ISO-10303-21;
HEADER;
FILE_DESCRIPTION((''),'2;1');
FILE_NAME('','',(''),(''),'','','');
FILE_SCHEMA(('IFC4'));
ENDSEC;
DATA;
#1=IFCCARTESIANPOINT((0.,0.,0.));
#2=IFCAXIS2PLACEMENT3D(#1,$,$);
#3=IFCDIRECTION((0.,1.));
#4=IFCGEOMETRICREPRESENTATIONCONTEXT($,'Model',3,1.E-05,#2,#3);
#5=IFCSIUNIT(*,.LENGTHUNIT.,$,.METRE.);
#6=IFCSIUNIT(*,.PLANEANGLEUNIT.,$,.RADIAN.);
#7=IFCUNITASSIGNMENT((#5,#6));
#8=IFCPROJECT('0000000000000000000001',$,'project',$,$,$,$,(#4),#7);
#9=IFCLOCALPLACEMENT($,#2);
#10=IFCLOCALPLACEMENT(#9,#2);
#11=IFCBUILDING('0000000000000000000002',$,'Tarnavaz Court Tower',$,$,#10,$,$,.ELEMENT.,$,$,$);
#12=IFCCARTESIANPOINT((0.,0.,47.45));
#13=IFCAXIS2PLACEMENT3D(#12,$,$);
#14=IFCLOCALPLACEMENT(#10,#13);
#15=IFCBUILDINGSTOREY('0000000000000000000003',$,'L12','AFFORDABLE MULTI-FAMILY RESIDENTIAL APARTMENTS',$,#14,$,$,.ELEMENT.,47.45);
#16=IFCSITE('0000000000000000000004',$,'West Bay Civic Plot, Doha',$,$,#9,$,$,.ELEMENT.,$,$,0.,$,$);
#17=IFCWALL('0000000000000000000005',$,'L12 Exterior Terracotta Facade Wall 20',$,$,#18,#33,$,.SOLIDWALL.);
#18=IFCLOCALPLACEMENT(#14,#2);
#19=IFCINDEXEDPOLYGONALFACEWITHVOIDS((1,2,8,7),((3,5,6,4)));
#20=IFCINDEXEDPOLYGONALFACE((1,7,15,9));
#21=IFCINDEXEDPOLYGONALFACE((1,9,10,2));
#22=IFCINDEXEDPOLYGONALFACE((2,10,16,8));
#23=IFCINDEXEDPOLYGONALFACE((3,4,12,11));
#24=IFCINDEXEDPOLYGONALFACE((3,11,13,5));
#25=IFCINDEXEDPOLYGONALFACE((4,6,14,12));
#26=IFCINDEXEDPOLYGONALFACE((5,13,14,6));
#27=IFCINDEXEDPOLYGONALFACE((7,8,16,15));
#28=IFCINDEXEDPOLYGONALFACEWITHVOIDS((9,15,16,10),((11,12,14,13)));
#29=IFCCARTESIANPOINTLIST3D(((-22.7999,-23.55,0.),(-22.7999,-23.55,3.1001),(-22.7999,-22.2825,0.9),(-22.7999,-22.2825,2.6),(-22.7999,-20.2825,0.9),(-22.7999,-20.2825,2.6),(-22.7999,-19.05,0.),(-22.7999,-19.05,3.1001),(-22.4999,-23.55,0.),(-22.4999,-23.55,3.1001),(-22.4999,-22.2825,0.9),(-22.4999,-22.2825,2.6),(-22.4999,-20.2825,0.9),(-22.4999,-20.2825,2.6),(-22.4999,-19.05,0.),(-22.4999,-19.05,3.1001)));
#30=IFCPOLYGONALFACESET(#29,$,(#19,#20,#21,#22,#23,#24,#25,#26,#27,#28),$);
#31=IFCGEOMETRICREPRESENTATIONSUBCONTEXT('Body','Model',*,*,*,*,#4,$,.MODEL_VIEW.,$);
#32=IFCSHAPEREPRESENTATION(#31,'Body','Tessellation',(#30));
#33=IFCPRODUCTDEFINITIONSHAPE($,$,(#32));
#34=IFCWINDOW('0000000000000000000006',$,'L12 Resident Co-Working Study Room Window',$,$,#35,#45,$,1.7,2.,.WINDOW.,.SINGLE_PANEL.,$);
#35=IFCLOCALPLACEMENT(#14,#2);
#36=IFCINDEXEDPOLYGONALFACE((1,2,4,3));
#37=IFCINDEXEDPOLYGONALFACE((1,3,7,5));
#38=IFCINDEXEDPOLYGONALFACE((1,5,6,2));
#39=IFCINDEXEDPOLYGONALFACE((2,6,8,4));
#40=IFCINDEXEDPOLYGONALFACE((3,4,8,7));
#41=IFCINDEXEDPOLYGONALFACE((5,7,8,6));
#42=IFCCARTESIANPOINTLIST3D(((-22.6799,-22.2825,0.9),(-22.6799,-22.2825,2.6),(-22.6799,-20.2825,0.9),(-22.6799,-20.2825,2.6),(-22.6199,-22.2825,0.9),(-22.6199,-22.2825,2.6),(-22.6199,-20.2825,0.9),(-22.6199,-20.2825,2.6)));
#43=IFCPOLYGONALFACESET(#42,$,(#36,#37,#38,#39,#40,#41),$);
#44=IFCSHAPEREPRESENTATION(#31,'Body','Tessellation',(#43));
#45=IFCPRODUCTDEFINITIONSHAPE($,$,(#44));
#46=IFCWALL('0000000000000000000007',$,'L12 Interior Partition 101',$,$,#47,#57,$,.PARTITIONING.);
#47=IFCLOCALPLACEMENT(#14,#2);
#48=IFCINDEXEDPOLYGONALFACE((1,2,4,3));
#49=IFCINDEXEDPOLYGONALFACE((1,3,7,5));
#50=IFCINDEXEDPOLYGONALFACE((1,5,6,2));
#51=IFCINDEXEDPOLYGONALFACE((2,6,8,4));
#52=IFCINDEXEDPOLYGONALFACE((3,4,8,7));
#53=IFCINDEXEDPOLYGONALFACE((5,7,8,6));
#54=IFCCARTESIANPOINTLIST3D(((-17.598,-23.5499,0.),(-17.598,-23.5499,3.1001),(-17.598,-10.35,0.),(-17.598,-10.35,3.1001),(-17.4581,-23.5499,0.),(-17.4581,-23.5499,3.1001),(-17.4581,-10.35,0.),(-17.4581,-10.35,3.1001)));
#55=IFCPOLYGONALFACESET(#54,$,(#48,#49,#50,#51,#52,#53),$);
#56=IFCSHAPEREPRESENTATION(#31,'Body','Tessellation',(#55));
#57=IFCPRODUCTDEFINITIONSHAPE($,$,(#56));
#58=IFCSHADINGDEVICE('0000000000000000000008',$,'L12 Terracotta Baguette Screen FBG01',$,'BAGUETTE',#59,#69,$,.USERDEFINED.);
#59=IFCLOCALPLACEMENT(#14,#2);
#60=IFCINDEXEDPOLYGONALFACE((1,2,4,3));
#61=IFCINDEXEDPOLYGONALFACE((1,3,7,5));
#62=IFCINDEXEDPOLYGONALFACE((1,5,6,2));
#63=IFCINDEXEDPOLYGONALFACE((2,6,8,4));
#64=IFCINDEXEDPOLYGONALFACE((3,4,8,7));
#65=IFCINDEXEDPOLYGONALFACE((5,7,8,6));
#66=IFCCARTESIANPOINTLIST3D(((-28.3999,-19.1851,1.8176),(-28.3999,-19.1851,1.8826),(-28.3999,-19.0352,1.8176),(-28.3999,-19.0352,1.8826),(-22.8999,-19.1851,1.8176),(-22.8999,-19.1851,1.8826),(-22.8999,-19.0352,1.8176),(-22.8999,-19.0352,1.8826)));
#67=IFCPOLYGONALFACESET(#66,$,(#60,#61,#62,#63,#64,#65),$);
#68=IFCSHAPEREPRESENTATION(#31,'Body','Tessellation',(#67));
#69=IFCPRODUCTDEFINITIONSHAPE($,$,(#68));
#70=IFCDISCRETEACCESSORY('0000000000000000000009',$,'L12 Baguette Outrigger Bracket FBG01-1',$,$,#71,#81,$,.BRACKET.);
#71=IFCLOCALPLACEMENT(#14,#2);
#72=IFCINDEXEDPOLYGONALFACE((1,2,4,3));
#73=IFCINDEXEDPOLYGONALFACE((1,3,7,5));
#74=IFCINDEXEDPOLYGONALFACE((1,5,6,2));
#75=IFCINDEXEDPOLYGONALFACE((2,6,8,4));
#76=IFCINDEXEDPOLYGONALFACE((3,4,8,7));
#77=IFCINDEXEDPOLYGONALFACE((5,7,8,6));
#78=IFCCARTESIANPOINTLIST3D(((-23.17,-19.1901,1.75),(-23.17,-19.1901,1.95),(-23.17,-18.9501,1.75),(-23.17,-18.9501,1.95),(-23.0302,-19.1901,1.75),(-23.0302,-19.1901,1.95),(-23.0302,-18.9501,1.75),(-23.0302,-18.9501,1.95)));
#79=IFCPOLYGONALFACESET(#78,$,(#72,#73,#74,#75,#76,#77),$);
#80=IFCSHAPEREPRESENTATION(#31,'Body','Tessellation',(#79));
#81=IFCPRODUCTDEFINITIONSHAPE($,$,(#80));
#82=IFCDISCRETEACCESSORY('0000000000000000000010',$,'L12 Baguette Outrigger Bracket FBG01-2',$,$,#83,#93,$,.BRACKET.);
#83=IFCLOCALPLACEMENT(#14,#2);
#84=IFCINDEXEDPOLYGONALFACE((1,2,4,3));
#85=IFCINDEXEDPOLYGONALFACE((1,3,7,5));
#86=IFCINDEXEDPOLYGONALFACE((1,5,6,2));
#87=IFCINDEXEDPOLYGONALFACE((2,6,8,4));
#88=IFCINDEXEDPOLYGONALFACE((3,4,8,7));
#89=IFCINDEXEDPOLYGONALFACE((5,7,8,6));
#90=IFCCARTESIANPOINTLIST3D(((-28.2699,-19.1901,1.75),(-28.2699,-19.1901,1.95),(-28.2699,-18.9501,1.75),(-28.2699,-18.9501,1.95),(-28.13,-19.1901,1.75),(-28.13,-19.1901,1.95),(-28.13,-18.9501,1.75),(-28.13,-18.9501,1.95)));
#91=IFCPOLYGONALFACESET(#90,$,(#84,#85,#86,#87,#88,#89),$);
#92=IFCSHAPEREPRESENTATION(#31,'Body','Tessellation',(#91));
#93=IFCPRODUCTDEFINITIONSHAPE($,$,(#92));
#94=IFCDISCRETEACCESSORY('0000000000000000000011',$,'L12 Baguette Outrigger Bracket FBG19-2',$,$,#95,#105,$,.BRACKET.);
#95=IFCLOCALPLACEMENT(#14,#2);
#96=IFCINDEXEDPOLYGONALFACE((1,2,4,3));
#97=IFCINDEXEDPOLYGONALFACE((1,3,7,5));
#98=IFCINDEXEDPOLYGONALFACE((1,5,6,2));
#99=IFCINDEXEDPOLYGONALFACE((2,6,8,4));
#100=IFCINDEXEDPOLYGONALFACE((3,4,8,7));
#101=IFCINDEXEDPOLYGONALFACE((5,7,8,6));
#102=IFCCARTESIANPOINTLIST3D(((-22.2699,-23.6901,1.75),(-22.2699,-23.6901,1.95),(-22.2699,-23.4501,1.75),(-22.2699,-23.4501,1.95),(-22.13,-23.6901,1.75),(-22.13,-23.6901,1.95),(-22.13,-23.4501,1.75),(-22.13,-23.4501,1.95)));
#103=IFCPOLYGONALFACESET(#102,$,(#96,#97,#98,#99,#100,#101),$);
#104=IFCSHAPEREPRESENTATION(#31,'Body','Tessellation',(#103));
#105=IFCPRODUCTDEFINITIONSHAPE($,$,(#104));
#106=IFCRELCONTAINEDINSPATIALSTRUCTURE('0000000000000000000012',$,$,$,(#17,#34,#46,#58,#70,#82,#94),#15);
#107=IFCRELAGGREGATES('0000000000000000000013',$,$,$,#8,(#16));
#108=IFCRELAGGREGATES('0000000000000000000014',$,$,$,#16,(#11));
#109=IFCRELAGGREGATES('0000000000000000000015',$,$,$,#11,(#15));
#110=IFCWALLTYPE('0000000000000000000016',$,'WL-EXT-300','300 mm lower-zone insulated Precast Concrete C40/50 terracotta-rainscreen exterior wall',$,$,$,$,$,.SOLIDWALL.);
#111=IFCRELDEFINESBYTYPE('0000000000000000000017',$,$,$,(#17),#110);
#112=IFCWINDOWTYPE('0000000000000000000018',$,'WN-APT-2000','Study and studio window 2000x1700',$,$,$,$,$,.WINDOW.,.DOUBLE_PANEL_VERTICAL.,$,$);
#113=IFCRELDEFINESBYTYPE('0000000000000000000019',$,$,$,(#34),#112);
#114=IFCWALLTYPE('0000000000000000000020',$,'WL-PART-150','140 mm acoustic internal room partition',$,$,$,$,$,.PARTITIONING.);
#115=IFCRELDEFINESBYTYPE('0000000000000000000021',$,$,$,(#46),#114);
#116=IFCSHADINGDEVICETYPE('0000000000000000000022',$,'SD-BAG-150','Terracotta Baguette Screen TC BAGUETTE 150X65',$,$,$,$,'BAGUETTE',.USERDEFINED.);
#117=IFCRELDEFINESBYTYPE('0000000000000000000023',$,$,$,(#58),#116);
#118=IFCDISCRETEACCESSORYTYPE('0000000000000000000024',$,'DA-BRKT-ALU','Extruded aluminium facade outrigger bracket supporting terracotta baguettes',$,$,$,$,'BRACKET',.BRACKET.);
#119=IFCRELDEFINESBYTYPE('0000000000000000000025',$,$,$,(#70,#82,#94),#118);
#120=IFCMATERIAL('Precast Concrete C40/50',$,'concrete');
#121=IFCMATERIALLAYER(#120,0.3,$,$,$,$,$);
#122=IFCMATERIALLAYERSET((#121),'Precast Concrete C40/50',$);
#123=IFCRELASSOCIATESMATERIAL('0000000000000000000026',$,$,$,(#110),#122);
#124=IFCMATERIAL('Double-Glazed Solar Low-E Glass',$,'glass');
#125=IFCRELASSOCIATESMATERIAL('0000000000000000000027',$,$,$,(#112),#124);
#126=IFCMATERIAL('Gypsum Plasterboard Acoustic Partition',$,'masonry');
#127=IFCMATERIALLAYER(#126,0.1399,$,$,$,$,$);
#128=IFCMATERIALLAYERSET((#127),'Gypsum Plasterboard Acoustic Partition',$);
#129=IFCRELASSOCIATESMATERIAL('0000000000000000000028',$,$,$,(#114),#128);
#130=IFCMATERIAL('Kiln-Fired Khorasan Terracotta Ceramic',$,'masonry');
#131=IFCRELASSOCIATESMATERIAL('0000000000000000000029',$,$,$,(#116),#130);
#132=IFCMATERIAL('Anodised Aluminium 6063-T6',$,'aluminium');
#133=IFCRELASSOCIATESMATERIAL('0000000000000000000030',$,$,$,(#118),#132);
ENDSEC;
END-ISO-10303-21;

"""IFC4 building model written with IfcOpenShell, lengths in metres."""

from ifc_helpers import new_model, si_unit, direction, frame, frame_2d, origin, origin_2d, place, context, subcontext, project, spatial, rectangle, extrude, material, layer, layer_set, material_profile, profile_set, type_object, element, fill, save


model = new_model("IFC4")

# Units and contexts
model_context = context("Model", 3, precision=1e-05, world=origin(), true_north=direction((0.0, 1.0)))
body_context = subcontext(model_context, "Body", "Model", "MODEL_VIEW")
ifc_project = project(units=[si_unit("LENGTHUNIT", "METRE"), si_unit("PLANEANGLEUNIT", "RADIAN")], contexts=[model_context])

# Site, building, storey
site_placement = place(None, origin())
site = spatial("IfcSite", under=ifc_project, at=site_placement, Name="West Bay Civic Plot, Doha", CompositionType="ELEMENT", RefElevation=0.0)
building_placement = place(site_placement, origin())
building = spatial("IfcBuilding", under=site, at=building_placement, Name="Tarnavaz Court Tower", CompositionType="ELEMENT")
storey_placement = place(building_placement, frame((0.0, 0.0, 47.45)))
storey = spatial("IfcBuildingStorey", under=building, at=storey_placement, Name="L12", Description="AFFORDABLE MULTI-FAMILY RESIDENTIAL APARTMENTS", CompositionType="ELEMENT", Elevation=47.45)

# Shared definitions
ifc_material_1 = material(Name="Precast Concrete C40/50", Category="concrete")
ifc_layer_1 = layer(ifc_material_1, 0.3)
ifc_layer_set_1 = layer_set([ifc_layer_1], Name="Precast Concrete C40/50")
wall_type_1 = type_object("IfcWallType", Name="WL-EXT-300", Description="300 mm lower-zone insulated Precast Concrete C40/50 terracotta-rainscreen exterior wall", PredefinedType="SOLIDWALL", material=ifc_layer_set_1)
ifc_material_2 = material(Name="Double-Glazed Solar Low-E Glass", Category="glass")
window_type_1 = type_object("IfcWindowType", Name="WN-APT-2000", Description="Study and studio window 2000x1700", PartitioningType="DOUBLE_PANEL_VERTICAL", PredefinedType="WINDOW", material=ifc_material_2)

# Wall, opening, window
wall_1_placement = place(storey_placement, frame((-22.6499, -23.55, 0.0), z_axis=(0.0, 0.0, 1.0), x_axis=(0.0, 1.0, 0.0)))
wall_1 = element("IfcWall", 1, at=wall_1_placement, inside=storey, type_object=wall_type_1, Name="L12 Exterior Terracotta Facade Wall 20", PredefinedType="SOLIDWALL", context=body_context, shape_type="SweptSolid", body=[
    extrude(rectangle(XDim=4.5, YDim=0.3, at=frame_2d((2.25, 0.0))), origin(), (0.0, 0.0, 1.0), 3.1001),
])
opening_1_placement = place(wall_1_placement, frame((1.2676, 0.0, 0.8999)))
opening_1 = element("IfcOpeningElement", 2, at=opening_1_placement, cuts=wall_1, PredefinedType="OPENING", context=body_context, shape_type="SweptSolid", body=[
    extrude(rectangle(XDim=2.0, YDim=1.7, at=frame_2d((1.0, 0.8501))), frame((0.0, 0.1599, 0.0), z_axis=(0.0, -1.0, 0.0), x_axis=(1.0, 0.0, 0.0)), (0.0, 0.0, 1.0), 0.3201),
])
window_1_placement = place(opening_1_placement, origin())
window_1 = element("IfcWindow", 3, at=window_1_placement, inside=storey, type_object=window_type_1, Name="L12 Resident Co-Working Study Room Window", OverallHeight=1.7, OverallWidth=2.0, PartitioningType="SINGLE_PANEL", PredefinedType="WINDOW", context=body_context, shape_type="SweptSolid", body=[
    extrude(rectangle(XDim=2.0, YDim=1.7, at=frame_2d((1.0, 0.8501))), frame((0.0, 0.03, 0.0), z_axis=(0.0, -1.0, 0.0), x_axis=(1.0, 0.0, 0.0)), (0.0, 0.0, 1.0), 0.0601),
])
fill(opening_1, window_1)

# Wall
ifc_material_3 = material(Name="Gypsum Plasterboard Acoustic Partition", Category="masonry")
ifc_layer_2 = layer(ifc_material_3, 0.1399)
ifc_layer_set_2 = layer_set([ifc_layer_2], Name="Gypsum Plasterboard Acoustic Partition")
wall_type_2 = type_object("IfcWallType", Name="WL-PART-150", Description="140 mm acoustic internal room partition", PredefinedType="PARTITIONING", material=ifc_layer_set_2)
wall_2_placement = place(storey_placement, frame((-17.5281, -23.55, 0.0), z_axis=(0.0, 0.0, 1.0), x_axis=(0.0, 1.0, 0.0)))
element("IfcWall", 4, at=wall_2_placement, inside=storey, type_object=wall_type_2, Name="L12 Interior Partition 101", PredefinedType="PARTITIONING", context=body_context, shape_type="SweptSolid", body=[
    extrude(rectangle(XDim=13.2, YDim=0.1399, at=frame_2d((6.6001, 0.0))), origin(), (0.0, 0.0, 1.0), 3.1001),
])

# Shading device
ifc_material_4 = material(Name="Kiln-Fired Khorasan Terracotta Ceramic", Category="masonry")
ifc_material_profile_1 = material_profile(ifc_material_4, rectangle(XDim=0.1499, YDim=0.0649, at=origin_2d()), Name="TC BAGUETTE 150X65")
ifc_profile_set_1 = profile_set([ifc_material_profile_1], Name="Kiln-Fired Khorasan Terracotta Ceramic")
shading_device_type = type_object("IfcShadingDeviceType", Name="SD-BAG-150", Description="Terracotta Baguette Screen TC BAGUETTE 150X65", ElementType="BAGUETTE", PredefinedType="USERDEFINED", material=ifc_profile_set_1)
shading_device_placement = place(storey_placement, frame((-22.8999, -19.1101, 1.8501), z_axis=(-1.0, 0.0, 0.0), x_axis=(0.0, -1.0, 0.0)))
element("IfcShadingDevice", 5, at=shading_device_placement, inside=storey, type_object=shading_device_type, Name="L12 Terracotta Baguette Screen FBG01", ObjectType="BAGUETTE", PredefinedType="USERDEFINED", context=body_context, shape_type="SweptSolid", body=[
    extrude(rectangle(XDim=0.1499, YDim=0.0649, at=origin_2d()), origin(), (0.0, 0.0, 1.0), 5.5),
])

# Discrete accessories
ifc_material_5 = material(Name="Anodised Aluminium 6063-T6", Category="aluminium")
discrete_accessory_type = type_object("IfcDiscreteAccessoryType", Name="DA-BRKT-ALU", Description="Extruded aluminium facade outrigger bracket supporting terracotta baguettes", ElementType="BRACKET", PredefinedType="BRACKET", material=ifc_material_5)
for number, where, z_axis, x_axis, name in (
    (6, (-23.1001, -19.0701, 1.75), (0.0, 0.0, 1.0), (-1.0, 0.0, 0.0), "L12 Baguette Outrigger Bracket FBG01-1"),
    (7, (-28.2, -19.0701, 1.75), (0.0, 0.0, 1.0), (-1.0, 0.0, 0.0), "L12 Baguette Outrigger Bracket FBG01-2"),
    (8, (-22.2, -23.5701, 1.75), (0.0, 0.0, 1.0), (-1.0, 0.0, 0.0), "L12 Baguette Outrigger Bracket FBG19-2"),
):
    element("IfcDiscreteAccessory", number, at=place(storey_placement, frame(where, z_axis=z_axis, x_axis=x_axis)), inside=storey, type_object=discrete_accessory_type, Name=name, PredefinedType="BRACKET", context=body_context, shape_type="SweptSolid", body=[
        extrude(rectangle(XDim=0.1399, YDim=0.24, at=origin_2d()), origin(), (0.0, 0.0, 1.0), 0.2),
    ])

save(model, "model.ifc")
